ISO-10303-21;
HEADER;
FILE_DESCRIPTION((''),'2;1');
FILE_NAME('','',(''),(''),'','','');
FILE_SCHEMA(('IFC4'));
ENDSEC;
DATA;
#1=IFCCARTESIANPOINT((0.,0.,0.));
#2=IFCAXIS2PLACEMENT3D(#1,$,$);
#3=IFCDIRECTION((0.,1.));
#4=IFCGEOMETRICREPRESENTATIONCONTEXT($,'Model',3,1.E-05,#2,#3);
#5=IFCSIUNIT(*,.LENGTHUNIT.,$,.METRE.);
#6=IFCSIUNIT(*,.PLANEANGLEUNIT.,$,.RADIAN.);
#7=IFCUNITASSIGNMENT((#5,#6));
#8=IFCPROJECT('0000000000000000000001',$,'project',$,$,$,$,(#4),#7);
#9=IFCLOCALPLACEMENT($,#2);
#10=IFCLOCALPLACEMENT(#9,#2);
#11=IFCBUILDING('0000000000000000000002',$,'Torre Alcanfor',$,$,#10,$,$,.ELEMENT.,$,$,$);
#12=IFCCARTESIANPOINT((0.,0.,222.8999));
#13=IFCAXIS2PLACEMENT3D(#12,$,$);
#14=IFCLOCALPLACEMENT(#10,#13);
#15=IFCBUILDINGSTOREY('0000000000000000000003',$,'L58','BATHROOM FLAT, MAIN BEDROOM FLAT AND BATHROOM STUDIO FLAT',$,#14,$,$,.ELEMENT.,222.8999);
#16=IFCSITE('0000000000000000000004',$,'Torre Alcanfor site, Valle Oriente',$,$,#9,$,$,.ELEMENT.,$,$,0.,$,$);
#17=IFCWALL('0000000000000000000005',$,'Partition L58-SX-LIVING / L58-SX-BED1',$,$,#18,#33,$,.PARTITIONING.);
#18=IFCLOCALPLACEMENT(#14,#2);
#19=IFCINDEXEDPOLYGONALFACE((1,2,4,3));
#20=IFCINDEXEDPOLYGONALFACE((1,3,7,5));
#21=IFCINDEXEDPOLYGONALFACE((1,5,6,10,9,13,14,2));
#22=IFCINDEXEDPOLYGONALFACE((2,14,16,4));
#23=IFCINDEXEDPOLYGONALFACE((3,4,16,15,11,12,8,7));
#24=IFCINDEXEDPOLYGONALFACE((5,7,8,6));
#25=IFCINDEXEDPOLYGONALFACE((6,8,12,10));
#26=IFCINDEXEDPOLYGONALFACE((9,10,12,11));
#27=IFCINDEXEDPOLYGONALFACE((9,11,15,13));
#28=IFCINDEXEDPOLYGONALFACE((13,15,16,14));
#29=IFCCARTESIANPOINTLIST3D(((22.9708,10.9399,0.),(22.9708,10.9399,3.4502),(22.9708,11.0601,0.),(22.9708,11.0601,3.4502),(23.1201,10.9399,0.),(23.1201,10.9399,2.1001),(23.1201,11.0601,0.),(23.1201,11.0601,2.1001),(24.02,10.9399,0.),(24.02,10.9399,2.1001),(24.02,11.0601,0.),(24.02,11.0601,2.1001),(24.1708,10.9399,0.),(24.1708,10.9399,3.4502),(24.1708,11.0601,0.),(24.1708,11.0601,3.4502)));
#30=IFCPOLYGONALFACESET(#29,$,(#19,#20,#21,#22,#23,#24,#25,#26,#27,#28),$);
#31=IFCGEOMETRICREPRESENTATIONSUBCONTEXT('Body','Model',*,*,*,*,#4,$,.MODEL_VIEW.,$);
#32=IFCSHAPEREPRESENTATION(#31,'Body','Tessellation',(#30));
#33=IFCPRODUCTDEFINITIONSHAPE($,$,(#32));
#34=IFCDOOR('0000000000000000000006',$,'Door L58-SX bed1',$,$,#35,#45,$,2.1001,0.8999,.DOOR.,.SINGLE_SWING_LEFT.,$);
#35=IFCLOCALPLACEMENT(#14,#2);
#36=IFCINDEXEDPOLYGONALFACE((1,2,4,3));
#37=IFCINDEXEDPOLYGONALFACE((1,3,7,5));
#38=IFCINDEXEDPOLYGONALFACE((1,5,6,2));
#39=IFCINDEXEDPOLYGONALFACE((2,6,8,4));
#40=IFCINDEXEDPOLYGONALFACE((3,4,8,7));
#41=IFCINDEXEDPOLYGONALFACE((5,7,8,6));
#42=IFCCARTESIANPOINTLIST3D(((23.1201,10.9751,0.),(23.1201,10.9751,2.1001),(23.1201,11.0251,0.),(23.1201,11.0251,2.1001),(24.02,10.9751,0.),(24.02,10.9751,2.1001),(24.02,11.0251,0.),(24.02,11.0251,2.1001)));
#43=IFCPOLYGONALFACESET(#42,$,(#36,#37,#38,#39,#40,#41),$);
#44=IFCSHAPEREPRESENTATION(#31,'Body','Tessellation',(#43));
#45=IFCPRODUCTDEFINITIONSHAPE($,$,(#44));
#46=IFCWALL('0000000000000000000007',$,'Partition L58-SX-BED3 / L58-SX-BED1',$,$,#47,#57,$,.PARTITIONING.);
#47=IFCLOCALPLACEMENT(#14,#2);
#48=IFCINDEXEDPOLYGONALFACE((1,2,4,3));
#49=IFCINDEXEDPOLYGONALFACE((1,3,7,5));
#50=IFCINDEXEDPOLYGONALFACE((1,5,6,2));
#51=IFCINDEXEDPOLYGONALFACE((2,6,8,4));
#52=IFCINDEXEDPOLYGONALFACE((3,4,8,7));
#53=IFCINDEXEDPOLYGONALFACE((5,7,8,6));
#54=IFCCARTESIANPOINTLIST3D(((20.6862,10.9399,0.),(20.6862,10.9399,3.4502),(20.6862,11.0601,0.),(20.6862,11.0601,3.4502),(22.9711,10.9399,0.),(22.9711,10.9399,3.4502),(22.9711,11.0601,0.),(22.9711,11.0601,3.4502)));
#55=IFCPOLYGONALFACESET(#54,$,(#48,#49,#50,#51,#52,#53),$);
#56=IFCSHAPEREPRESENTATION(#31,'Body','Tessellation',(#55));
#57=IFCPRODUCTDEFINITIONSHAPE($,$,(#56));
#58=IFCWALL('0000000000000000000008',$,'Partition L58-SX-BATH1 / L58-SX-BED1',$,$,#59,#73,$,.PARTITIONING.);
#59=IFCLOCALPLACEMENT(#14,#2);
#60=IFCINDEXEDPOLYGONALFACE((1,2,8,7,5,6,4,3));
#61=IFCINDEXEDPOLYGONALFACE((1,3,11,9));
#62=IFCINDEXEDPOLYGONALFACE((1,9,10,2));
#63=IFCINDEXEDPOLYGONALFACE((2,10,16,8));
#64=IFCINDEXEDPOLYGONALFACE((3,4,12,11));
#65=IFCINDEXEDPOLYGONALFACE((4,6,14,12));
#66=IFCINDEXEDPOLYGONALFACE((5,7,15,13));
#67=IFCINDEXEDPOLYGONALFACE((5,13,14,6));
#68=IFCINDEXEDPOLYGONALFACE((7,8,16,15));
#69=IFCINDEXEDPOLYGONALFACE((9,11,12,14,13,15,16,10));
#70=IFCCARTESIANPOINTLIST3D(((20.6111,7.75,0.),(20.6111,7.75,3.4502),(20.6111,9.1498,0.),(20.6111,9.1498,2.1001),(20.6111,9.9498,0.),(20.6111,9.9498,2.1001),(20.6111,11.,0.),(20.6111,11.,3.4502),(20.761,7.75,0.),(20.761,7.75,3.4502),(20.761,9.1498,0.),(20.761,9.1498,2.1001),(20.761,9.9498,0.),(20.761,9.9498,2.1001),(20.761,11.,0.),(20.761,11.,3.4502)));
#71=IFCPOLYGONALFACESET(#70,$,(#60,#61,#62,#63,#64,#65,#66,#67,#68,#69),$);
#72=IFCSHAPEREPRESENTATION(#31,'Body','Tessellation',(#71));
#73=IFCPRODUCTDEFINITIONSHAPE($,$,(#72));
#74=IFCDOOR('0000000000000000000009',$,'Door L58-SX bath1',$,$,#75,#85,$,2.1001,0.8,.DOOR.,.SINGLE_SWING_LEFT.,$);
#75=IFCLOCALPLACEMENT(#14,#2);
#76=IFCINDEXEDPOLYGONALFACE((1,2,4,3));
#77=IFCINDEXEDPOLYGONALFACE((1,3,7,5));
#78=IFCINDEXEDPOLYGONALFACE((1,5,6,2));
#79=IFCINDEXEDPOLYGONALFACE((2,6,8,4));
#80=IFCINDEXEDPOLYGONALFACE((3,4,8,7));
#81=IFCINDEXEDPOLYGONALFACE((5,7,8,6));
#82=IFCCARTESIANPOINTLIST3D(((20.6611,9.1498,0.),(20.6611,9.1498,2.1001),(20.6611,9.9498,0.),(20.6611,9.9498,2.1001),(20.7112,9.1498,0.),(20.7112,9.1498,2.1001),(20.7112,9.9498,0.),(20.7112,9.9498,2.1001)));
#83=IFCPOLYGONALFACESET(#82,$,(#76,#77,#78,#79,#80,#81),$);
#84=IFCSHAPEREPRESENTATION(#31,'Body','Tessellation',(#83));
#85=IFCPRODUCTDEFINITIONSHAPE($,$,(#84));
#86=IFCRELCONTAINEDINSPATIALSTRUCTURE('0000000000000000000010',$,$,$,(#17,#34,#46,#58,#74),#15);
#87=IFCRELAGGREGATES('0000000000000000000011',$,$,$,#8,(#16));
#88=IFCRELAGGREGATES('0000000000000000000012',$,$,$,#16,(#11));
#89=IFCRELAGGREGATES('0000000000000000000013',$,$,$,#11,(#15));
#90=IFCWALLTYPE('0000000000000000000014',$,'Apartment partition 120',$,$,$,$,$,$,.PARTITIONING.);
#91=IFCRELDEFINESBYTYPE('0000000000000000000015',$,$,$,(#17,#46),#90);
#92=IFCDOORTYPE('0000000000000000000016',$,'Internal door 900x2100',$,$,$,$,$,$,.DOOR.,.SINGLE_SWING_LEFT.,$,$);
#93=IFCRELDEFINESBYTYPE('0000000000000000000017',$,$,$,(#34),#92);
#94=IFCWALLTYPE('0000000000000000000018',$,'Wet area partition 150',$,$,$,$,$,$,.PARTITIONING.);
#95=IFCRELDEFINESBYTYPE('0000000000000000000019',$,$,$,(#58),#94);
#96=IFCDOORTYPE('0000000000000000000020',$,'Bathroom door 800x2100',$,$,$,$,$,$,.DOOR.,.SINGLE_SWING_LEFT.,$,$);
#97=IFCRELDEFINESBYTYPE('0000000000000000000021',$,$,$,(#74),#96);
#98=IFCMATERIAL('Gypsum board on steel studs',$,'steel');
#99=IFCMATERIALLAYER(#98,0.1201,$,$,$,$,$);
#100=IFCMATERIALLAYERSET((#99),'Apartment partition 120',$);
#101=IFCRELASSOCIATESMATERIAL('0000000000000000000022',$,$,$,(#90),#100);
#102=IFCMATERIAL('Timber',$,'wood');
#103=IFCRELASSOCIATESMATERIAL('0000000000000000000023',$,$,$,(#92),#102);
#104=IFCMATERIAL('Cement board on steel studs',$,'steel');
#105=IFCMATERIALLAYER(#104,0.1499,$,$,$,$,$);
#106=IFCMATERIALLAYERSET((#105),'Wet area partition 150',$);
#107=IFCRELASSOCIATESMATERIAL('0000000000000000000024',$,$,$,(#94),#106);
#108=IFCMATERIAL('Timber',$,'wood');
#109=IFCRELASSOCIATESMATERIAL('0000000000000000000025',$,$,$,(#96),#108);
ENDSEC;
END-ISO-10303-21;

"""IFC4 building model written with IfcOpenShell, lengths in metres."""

from ifc_helpers import new_model, si_unit, direction, frame, frame_2d, origin, place, context, subcontext, project, spatial, rectangle, extrude, material, layer, layer_set, type_object, element, fill, save


model = new_model("IFC4")

# Units and contexts
model_context = context("Model", 3, precision=1e-05, world=origin(), true_north=direction((0.0, 1.0)))
body_context = subcontext(model_context, "Body", "Model", "MODEL_VIEW")
ifc_project = project(units=[si_unit("LENGTHUNIT", "METRE"), si_unit("PLANEANGLEUNIT", "RADIAN")], contexts=[model_context])

# Site, building, storey
site_placement = place(None, origin())
site = spatial("IfcSite", under=ifc_project, at=site_placement, Name="Torre Alcanfor site, Valle Oriente", CompositionType="ELEMENT", RefElevation=0.0)
building_placement = place(site_placement, origin())
building = spatial("IfcBuilding", under=site, at=building_placement, Name="Torre Alcanfor", CompositionType="ELEMENT")
storey_placement = place(building_placement, frame((0.0, 0.0, 222.8999)))
storey = spatial("IfcBuildingStorey", under=building, at=storey_placement, Name="L58", Description="BATHROOM FLAT, MAIN BEDROOM FLAT AND BATHROOM STUDIO FLAT", CompositionType="ELEMENT", Elevation=222.8999)

# Shared definitions
ifc_material_1 = material(Name="Gypsum board on steel studs", Category="steel")
ifc_layer_1 = layer(ifc_material_1, 0.1201)
ifc_layer_set_1 = layer_set([ifc_layer_1], Name="Apartment partition 120")
wall_type_1 = type_object("IfcWallType", Name="Apartment partition 120", PredefinedType="PARTITIONING", material=ifc_layer_set_1)

# Shared definitions
ifc_material_2 = material(Name="Timber", Category="wood")
door_type_1 = type_object("IfcDoorType", Name="Internal door 900x2100", OperationType="SINGLE_SWING_LEFT", PredefinedType="DOOR", material=ifc_material_2)

# Wall, opening, door
wall_1_placement = place(storey_placement, frame((24.1709, 11.0, 0.0), z_axis=(0.0, 0.0, 1.0), x_axis=(-1.0, 0.0, 0.0)))
wall_1 = element("IfcWall", 1, at=wall_1_placement, inside=storey, type_object=wall_type_1, Name="Partition L58-SX-LIVING / L58-SX-BED1", PredefinedType="PARTITIONING", context=body_context, shape_type="SweptSolid", body=[
    extrude(rectangle(XDim=1.2, YDim=0.1201, at=frame_2d((0.6001, 0.0))), origin(), (0.0, 0.0, 1.0), 3.4502),
])
opening_1_placement = place(wall_1_placement, frame((0.1509, 0.0, 0.0)))
opening_1 = element("IfcOpeningElement", 2, at=opening_1_placement, cuts=wall_1, PredefinedType="OPENING", context=body_context, shape_type="SweptSolid", body=[
    extrude(rectangle(XDim=0.8999, YDim=2.1001, at=frame_2d((0.45, 1.05))), frame((0.0, 0.0701, 0.0), z_axis=(0.0, -1.0, 0.0), x_axis=(1.0, 0.0, 0.0)), (0.0, 0.0, 1.0), 0.1401),
])
door_1_placement = place(opening_1_placement, origin())
door_1 = element("IfcDoor", 3, at=door_1_placement, inside=storey, type_object=door_type_1, Name="Door L58-SX bed1", OperationType="SINGLE_SWING_LEFT", OverallHeight=2.1001, OverallWidth=0.8999, PredefinedType="DOOR", context=body_context, shape_type="SweptSolid", body=[
    extrude(rectangle(XDim=0.8999, YDim=2.1001, at=frame_2d((0.45, 1.05))), frame((0.0, 0.0249, 0.0), z_axis=(0.0, -1.0, 0.0), x_axis=(1.0, 0.0, 0.0)), (0.0, 0.0, 1.0), 0.05),
])
fill(opening_1, door_1)

# Wall
wall_2_placement = place(storey_placement, frame((20.686, 11.0, 0.0), z_axis=(0.0, 0.0, 1.0), x_axis=(1.0, 0.0, 0.0)))
element("IfcWall", 4, at=wall_2_placement, inside=storey, type_object=wall_type_1, Name="Partition L58-SX-BED3 / L58-SX-BED1", PredefinedType="PARTITIONING", context=body_context, shape_type="SweptSolid", body=[
    extrude(rectangle(XDim=2.2849, YDim=0.1201, at=frame_2d((1.1426, 0.0))), origin(), (0.0, 0.0, 1.0), 3.4502),
])

# Wall, opening, door
ifc_material_3 = material(Name="Cement board on steel studs", Category="steel")
ifc_layer_2 = layer(ifc_material_3, 0.1499)
ifc_layer_set_2 = layer_set([ifc_layer_2], Name="Wet area partition 150")
wall_type_2 = type_object("IfcWallType", Name="Wet area partition 150", PredefinedType="PARTITIONING", material=ifc_layer_set_2)
wall_3_placement = place(storey_placement, frame((20.686, 7.75, 0.0), z_axis=(0.0, 0.0, 1.0), x_axis=(0.0, 1.0, 0.0)))
wall_3 = element("IfcWall", 5, at=wall_3_placement, inside=storey, type_object=wall_type_2, Name="Partition L58-SX-BATH1 / L58-SX-BED1", PredefinedType="PARTITIONING", context=body_context, shape_type="SweptSolid", body=[
    extrude(rectangle(XDim=3.25, YDim=0.1499, at=frame_2d((1.625, 0.0))), origin(), (0.0, 0.0, 1.0), 3.4502),
])
opening_2_placement = place(wall_3_placement, frame((1.3999, 0.0, 0.0)))
opening_2 = element("IfcOpeningElement", 6, at=opening_2_placement, cuts=wall_3, PredefinedType="OPENING", context=body_context, shape_type="SweptSolid", body=[
    extrude(rectangle(XDim=0.8, YDim=2.1001, at=frame_2d((0.3999, 1.05))), frame((0.0, 0.085, 0.0), z_axis=(0.0, -1.0, 0.0), x_axis=(1.0, 0.0, 0.0)), (0.0, 0.0, 1.0), 0.1699),
])
ifc_material_4 = material(Name="Timber", Category="wood")
door_type_2 = type_object("IfcDoorType", Name="Bathroom door 800x2100", OperationType="SINGLE_SWING_LEFT", PredefinedType="DOOR", material=ifc_material_4)
door_2_placement = place(opening_2_placement, frame((0.8, 0.0, 0.0), z_axis=(0.0, 0.0, 1.0), x_axis=(-1.0, 0.0, 0.0)))
door_2 = element("IfcDoor", 7, at=door_2_placement, inside=storey, type_object=door_type_2, Name="Door L58-SX bath1", OperationType="SINGLE_SWING_LEFT", OverallHeight=2.1001, OverallWidth=0.8, PredefinedType="DOOR", context=body_context, shape_type="SweptSolid", body=[
    extrude(rectangle(XDim=0.8, YDim=2.1001, at=frame_2d((0.4001, 1.05))), frame((0.0, 0.0251, 0.0), z_axis=(0.0, -1.0, 0.0), x_axis=(1.0, 0.0, 0.0)), (0.0, 0.0, 1.0), 0.05),
])
fill(opening_2, door_2)

save(model, "model.ifc")
